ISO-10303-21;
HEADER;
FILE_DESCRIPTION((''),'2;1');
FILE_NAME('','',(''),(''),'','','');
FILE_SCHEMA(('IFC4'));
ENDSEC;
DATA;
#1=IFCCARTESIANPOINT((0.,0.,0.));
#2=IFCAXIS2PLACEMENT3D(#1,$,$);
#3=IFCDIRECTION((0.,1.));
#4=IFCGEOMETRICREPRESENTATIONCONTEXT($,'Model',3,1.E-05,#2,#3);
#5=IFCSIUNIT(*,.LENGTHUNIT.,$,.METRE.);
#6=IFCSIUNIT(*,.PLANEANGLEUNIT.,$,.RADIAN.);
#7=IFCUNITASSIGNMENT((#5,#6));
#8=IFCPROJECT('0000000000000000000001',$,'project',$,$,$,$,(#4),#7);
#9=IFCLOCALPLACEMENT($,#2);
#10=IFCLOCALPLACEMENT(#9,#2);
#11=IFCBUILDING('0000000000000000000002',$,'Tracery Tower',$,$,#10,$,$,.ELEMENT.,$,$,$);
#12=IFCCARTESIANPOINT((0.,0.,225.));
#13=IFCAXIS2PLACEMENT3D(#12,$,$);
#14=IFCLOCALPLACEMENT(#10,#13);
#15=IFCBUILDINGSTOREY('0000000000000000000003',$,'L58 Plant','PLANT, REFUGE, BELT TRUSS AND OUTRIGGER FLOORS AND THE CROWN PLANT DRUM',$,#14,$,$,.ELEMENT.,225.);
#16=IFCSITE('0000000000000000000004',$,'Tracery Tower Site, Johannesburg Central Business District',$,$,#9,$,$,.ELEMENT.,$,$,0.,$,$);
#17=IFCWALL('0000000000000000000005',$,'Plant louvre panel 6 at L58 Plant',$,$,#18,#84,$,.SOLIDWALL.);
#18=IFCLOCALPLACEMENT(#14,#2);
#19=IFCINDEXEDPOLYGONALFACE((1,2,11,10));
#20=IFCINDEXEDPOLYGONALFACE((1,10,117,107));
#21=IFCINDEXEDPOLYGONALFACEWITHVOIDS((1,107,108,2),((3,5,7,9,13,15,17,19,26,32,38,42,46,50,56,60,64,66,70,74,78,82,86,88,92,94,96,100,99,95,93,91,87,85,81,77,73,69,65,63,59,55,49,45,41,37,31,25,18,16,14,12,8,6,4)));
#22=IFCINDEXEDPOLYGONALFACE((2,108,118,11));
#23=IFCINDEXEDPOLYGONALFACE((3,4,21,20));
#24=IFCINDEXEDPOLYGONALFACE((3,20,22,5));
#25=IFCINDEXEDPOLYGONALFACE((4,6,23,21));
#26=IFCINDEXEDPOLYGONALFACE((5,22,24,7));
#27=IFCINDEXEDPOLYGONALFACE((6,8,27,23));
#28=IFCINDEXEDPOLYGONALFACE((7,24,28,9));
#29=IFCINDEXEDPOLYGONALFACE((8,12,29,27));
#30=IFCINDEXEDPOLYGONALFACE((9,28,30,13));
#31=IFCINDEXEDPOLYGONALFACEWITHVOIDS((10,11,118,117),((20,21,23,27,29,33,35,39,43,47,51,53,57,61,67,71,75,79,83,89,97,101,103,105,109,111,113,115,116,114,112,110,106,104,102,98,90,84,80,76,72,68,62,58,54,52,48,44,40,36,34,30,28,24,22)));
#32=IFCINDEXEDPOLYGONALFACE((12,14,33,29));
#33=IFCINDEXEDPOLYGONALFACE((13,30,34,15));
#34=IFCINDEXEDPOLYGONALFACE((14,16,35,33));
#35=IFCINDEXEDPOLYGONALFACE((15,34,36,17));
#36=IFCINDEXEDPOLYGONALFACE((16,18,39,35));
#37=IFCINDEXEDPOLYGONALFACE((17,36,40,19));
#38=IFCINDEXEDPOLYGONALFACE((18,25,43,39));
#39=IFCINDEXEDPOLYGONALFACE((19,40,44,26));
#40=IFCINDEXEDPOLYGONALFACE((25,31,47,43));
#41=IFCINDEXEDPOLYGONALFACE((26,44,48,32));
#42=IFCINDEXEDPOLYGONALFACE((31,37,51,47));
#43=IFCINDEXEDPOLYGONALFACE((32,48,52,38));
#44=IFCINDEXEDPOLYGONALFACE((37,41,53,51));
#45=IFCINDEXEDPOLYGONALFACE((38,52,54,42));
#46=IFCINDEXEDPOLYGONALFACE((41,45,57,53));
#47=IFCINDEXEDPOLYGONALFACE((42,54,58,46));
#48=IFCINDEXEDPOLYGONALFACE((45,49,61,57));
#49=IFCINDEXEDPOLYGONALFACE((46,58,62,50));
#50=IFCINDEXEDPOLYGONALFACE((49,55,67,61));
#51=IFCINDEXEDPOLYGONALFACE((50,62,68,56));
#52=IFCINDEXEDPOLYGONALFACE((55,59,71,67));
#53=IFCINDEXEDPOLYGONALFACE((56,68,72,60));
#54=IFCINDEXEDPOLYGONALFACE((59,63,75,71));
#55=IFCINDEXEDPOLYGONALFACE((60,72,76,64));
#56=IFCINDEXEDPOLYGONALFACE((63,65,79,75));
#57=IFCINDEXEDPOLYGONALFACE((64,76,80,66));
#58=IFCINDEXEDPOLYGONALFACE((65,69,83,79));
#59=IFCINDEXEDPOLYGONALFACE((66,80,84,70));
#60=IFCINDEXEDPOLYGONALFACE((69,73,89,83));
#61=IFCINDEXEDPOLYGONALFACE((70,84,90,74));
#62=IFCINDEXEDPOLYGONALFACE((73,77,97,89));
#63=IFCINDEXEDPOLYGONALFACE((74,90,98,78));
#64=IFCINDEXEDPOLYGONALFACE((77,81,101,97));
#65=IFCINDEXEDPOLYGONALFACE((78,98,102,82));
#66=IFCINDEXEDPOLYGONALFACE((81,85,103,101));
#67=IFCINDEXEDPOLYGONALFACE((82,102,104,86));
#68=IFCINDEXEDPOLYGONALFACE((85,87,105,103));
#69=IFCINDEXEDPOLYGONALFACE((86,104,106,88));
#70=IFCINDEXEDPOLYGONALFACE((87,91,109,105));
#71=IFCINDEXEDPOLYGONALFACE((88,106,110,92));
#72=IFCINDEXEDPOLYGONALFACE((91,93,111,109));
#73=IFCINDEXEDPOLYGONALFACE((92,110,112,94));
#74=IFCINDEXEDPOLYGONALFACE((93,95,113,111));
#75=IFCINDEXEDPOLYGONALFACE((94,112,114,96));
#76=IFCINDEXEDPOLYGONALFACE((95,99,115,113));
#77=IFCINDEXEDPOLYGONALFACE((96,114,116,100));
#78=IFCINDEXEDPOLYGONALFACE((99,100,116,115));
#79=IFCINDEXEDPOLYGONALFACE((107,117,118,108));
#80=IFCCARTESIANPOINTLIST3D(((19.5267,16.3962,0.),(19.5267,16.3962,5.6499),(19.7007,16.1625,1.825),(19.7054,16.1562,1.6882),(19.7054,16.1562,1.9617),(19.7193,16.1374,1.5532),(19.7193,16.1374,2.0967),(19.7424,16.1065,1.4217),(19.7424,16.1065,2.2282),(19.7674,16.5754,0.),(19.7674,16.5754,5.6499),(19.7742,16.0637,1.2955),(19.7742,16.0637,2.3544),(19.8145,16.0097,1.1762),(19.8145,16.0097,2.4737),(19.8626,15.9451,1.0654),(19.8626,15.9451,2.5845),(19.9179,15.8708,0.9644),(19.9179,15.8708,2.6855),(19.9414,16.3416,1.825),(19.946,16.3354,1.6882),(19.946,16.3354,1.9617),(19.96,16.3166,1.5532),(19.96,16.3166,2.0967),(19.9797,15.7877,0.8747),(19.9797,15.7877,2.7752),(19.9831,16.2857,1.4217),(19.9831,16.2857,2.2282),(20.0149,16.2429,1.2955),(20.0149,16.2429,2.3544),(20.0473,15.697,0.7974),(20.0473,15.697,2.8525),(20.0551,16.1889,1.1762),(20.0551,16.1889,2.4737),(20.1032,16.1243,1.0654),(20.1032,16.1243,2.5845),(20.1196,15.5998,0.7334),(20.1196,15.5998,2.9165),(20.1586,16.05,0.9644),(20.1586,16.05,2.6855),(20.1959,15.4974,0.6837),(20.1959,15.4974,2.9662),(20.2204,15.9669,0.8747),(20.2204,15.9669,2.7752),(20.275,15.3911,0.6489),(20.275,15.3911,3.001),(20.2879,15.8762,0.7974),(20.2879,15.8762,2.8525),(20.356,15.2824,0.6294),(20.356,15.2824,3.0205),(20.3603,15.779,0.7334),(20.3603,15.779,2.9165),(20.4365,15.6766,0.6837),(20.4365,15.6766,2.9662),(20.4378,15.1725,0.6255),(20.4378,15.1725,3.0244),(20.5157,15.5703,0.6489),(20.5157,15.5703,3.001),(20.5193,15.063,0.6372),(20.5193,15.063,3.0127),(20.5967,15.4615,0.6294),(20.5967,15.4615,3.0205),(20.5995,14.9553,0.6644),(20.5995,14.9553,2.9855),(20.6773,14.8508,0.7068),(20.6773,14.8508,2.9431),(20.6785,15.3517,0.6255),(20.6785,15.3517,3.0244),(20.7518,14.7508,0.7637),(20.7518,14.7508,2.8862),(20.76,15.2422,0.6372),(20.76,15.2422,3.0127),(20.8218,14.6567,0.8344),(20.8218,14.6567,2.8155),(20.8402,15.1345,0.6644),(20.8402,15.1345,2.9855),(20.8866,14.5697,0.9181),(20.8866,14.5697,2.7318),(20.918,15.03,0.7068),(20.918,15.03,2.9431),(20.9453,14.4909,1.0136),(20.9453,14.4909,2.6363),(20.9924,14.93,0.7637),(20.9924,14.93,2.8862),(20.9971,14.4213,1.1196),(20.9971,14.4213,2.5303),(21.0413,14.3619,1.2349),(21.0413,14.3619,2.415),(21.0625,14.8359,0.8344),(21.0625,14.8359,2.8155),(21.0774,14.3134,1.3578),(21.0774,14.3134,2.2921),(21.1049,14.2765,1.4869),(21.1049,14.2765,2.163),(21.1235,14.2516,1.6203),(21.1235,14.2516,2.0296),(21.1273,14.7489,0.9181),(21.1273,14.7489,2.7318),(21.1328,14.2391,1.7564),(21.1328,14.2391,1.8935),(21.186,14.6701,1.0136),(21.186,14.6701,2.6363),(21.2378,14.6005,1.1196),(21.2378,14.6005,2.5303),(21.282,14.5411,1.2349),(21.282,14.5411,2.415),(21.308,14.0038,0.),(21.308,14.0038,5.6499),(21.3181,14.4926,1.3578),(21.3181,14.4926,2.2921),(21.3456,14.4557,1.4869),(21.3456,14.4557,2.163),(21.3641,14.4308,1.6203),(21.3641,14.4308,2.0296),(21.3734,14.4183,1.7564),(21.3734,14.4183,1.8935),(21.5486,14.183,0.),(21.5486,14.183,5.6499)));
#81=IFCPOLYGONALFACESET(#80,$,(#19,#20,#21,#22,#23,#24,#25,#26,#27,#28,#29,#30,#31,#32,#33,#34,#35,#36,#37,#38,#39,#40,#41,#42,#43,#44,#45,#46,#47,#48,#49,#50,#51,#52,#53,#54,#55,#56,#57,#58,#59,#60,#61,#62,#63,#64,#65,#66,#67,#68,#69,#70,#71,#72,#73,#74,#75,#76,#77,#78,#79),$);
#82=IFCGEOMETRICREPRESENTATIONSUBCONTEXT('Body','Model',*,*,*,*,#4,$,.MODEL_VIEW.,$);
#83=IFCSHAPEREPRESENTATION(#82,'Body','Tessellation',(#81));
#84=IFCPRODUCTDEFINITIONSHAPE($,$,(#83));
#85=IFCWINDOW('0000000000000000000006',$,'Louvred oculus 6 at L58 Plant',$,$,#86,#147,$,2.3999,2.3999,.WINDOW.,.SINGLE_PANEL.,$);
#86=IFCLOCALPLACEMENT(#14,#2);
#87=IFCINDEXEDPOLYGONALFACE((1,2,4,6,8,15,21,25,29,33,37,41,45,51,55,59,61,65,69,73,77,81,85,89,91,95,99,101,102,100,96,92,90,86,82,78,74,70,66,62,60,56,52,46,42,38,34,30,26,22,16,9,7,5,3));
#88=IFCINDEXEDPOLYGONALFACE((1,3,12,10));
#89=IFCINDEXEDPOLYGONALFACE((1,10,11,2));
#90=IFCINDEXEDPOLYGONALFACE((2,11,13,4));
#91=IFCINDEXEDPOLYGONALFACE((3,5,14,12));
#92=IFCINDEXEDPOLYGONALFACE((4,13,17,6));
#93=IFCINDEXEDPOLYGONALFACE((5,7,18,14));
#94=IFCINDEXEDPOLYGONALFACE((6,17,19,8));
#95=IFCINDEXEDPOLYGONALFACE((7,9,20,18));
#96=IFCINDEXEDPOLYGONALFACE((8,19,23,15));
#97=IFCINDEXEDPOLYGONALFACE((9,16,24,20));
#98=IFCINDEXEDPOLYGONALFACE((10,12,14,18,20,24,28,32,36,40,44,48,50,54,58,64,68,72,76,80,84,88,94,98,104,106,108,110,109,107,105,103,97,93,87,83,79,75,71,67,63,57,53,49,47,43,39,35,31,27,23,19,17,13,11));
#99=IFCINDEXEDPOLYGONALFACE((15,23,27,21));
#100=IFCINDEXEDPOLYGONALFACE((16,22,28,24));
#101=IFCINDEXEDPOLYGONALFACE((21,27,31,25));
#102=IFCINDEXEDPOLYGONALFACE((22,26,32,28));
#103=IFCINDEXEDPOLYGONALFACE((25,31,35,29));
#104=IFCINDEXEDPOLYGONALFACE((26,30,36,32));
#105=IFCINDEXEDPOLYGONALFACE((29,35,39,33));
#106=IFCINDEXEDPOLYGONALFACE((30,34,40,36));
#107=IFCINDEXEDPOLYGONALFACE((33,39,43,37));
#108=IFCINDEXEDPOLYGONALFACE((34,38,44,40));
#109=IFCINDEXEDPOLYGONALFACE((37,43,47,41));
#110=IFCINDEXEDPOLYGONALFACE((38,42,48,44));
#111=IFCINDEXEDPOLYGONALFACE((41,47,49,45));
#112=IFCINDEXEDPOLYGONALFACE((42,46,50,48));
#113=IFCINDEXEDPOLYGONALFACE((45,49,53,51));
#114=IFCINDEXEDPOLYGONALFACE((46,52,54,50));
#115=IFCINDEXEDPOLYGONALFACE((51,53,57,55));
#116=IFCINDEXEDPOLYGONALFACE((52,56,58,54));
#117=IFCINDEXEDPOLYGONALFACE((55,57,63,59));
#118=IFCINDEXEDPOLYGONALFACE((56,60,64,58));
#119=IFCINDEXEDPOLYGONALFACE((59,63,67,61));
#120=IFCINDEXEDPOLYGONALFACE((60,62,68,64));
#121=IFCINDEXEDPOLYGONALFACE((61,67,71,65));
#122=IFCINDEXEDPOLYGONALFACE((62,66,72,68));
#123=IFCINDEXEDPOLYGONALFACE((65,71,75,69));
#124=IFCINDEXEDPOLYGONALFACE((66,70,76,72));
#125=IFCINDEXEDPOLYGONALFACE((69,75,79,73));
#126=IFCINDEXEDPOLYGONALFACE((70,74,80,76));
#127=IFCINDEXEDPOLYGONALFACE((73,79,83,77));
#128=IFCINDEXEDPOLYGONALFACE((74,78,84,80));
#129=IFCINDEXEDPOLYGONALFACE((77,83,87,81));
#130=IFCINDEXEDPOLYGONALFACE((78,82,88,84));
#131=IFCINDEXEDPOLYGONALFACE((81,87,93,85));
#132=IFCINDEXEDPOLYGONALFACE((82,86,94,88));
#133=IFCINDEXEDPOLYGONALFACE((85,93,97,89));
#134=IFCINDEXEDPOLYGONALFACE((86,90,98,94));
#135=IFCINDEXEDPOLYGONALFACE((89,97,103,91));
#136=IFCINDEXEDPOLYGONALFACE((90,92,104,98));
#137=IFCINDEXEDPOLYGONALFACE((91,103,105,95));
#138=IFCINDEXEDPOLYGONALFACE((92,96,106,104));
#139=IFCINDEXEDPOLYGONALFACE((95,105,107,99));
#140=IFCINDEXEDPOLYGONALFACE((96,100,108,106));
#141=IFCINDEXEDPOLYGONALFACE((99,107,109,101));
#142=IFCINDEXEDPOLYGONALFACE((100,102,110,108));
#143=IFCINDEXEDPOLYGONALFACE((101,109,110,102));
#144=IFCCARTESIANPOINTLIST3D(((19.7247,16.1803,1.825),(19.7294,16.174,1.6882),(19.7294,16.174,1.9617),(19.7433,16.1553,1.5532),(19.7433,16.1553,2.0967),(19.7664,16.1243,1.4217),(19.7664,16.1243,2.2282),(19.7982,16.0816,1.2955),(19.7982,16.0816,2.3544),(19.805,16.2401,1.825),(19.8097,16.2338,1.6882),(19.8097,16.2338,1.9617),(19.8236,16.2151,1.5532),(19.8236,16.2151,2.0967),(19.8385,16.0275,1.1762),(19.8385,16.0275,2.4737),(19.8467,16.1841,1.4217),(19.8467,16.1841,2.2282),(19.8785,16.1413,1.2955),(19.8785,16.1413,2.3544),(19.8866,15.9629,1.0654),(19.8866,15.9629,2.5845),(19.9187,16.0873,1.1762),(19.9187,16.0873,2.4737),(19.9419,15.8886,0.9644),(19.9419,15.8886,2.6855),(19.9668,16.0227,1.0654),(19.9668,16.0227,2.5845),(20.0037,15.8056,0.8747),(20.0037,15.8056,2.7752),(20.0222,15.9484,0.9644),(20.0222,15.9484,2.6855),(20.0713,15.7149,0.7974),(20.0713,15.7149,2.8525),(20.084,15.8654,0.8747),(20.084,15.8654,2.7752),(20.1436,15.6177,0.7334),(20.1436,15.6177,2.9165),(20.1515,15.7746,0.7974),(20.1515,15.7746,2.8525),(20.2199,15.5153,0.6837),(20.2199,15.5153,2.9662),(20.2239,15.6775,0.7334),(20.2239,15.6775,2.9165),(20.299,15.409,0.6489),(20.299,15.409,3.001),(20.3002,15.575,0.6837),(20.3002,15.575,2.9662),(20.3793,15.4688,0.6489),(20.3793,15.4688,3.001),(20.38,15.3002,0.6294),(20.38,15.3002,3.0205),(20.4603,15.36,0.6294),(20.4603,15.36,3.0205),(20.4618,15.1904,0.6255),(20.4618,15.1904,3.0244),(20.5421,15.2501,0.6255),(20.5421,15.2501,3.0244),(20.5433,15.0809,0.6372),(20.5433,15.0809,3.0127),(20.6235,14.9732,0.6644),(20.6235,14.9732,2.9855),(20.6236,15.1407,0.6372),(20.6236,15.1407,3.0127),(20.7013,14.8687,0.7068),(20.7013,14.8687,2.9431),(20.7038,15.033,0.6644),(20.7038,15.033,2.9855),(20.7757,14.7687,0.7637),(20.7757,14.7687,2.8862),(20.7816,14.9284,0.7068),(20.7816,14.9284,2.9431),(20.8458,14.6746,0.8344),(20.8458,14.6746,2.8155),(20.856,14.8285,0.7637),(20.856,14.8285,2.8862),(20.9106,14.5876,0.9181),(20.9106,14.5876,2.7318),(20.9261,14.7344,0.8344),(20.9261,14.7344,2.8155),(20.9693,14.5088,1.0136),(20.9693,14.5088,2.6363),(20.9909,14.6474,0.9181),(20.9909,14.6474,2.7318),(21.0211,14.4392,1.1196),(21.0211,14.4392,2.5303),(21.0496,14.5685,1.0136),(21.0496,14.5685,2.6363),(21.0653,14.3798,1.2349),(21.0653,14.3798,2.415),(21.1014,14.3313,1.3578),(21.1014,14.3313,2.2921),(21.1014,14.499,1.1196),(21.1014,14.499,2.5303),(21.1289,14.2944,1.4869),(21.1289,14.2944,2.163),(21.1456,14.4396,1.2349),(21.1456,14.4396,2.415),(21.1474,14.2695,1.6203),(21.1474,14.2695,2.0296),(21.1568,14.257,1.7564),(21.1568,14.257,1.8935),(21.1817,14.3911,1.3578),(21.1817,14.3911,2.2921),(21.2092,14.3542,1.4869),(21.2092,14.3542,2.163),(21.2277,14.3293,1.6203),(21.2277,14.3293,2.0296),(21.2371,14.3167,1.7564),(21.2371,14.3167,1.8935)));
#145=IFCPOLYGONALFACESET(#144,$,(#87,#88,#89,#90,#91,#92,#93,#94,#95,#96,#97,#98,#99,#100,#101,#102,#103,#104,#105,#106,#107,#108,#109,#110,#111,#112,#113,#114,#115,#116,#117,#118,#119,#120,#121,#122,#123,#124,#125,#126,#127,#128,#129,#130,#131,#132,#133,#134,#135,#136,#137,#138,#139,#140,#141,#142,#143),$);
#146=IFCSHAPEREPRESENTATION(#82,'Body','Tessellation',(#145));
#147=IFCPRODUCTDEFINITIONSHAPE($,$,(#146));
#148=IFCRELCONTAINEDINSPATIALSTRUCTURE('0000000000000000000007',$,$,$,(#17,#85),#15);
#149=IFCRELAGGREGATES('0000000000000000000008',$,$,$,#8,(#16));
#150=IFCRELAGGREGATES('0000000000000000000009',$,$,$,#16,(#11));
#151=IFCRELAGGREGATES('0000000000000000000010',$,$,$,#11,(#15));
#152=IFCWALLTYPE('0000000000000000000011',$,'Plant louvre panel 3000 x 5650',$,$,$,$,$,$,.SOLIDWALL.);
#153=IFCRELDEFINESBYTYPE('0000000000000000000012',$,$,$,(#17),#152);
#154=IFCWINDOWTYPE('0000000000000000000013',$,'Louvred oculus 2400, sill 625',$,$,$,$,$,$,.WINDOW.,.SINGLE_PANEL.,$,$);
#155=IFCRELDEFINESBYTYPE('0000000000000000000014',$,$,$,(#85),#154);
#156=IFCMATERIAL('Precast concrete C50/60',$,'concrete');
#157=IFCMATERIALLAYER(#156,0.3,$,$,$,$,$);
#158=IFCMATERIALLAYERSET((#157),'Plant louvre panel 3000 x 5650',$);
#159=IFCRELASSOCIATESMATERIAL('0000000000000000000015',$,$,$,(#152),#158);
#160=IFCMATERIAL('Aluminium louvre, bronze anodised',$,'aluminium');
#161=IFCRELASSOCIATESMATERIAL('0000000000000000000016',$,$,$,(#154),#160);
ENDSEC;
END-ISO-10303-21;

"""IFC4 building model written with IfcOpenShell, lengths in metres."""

from ifc_helpers import new_model, si_unit, direction, frame, frame_2d, origin, origin_2d, place, context, subcontext, project, spatial, rectangle, circle, extrude, material, layer, layer_set, type_object, element, fill, save


model = new_model("IFC4")

# Units and contexts
model_context = context("Model", 3, precision=1e-05, world=origin(), true_north=direction((0.0, 1.0)))
body_context = subcontext(model_context, "Body", "Model", "MODEL_VIEW")
ifc_project = project(units=[si_unit("LENGTHUNIT", "METRE"), si_unit("PLANEANGLEUNIT", "RADIAN")], contexts=[model_context])

# Site, building, storey
site_placement = place(None, origin())
site = spatial("IfcSite", under=ifc_project, at=site_placement, Name="Tracery Tower Site, Johannesburg Central Business District", CompositionType="ELEMENT", RefElevation=0.0)
building_placement = place(site_placement, origin())
building = spatial("IfcBuilding", under=site, at=building_placement, Name="Tracery Tower", CompositionType="ELEMENT")
storey_placement = place(building_placement, frame((0.0, 0.0, 225.0)))
storey = spatial("IfcBuildingStorey", under=building, at=storey_placement, Name="L58 Plant", Description="PLANT, REFUGE, BELT TRUSS AND OUTRIGGER FLOORS AND THE CROWN PLANT DRUM", CompositionType="ELEMENT", Elevation=225.0)

# Wall, opening, window
ifc_material_1 = material(Name="Precast concrete C50/60", Category="concrete")
ifc_layer_1 = layer(ifc_material_1, 0.3)
ifc_layer_set_1 = layer_set([ifc_layer_1], Name="Plant louvre panel 3000 x 5650")
wall_type_1 = type_object("IfcWallType", Name="Plant louvre panel 3000 x 5650", PredefinedType="SOLIDWALL", material=ifc_layer_set_1)
ifc_material_2 = material(Name="Aluminium louvre, bronze anodised", Category="aluminium")
window_type = type_object("IfcWindowType", Name="Louvred oculus 2400, sill 625", PartitioningType="SINGLE_PANEL", PredefinedType="WINDOW", material=ifc_material_2)
wall_1_placement = place(storey_placement, frame((21.4282, 14.0935, 0.0), z_axis=(0.0, 0.0, 1.0), x_axis=(-0.597207, 0.802087, 0.0)))
wall_1 = element("IfcWall", 1, at=wall_1_placement, inside=storey, type_object=wall_type_1, Name="Plant louvre panel 6 at L58 Plant", PredefinedType="SOLIDWALL", context=body_context, shape_type="SweptSolid", body=[
    extrude(rectangle(XDim=2.9827, YDim=0.3, at=frame_2d((1.4912, 0.0))), origin(), (0.0, 0.0, 1.0), 5.6499),
])
opening_1_placement = place(wall_1_placement, frame((1.4912, 0.0, 1.825)))
opening_1 = element("IfcOpeningElement", 2, at=opening_1_placement, cuts=wall_1, PredefinedType="OPENING", context=body_context, shape_type="SweptSolid", body=[
    extrude(circle(Radius=1.2, at=origin_2d()), frame((0.0, 0.1599, 0.0), z_axis=(0.0, -1.0, 0.0), x_axis=(1.0, 0.0, 0.0)), (0.0, 0.0, 1.0), 0.3201),
])
window_1_placement = place(opening_1_placement, origin())
window_1 = element("IfcWindow", 3, at=window_1_placement, inside=storey, type_object=window_type, Name="Louvred oculus 6 at L58 Plant", OverallHeight=2.3999, OverallWidth=2.3999, PartitioningType="SINGLE_PANEL", PredefinedType="WINDOW", context=body_context, shape_type="SweptSolid", body=[
    extrude(circle(Radius=1.2, at=origin_2d()), frame((0.0, 0.1201, 0.0), z_axis=(0.0, -1.0, 0.0), x_axis=(1.0, 0.0, 0.0)), (0.0, 0.0, 1.0), 0.1001),
])
fill(opening_1, window_1)

save(model, "model.ifc")
